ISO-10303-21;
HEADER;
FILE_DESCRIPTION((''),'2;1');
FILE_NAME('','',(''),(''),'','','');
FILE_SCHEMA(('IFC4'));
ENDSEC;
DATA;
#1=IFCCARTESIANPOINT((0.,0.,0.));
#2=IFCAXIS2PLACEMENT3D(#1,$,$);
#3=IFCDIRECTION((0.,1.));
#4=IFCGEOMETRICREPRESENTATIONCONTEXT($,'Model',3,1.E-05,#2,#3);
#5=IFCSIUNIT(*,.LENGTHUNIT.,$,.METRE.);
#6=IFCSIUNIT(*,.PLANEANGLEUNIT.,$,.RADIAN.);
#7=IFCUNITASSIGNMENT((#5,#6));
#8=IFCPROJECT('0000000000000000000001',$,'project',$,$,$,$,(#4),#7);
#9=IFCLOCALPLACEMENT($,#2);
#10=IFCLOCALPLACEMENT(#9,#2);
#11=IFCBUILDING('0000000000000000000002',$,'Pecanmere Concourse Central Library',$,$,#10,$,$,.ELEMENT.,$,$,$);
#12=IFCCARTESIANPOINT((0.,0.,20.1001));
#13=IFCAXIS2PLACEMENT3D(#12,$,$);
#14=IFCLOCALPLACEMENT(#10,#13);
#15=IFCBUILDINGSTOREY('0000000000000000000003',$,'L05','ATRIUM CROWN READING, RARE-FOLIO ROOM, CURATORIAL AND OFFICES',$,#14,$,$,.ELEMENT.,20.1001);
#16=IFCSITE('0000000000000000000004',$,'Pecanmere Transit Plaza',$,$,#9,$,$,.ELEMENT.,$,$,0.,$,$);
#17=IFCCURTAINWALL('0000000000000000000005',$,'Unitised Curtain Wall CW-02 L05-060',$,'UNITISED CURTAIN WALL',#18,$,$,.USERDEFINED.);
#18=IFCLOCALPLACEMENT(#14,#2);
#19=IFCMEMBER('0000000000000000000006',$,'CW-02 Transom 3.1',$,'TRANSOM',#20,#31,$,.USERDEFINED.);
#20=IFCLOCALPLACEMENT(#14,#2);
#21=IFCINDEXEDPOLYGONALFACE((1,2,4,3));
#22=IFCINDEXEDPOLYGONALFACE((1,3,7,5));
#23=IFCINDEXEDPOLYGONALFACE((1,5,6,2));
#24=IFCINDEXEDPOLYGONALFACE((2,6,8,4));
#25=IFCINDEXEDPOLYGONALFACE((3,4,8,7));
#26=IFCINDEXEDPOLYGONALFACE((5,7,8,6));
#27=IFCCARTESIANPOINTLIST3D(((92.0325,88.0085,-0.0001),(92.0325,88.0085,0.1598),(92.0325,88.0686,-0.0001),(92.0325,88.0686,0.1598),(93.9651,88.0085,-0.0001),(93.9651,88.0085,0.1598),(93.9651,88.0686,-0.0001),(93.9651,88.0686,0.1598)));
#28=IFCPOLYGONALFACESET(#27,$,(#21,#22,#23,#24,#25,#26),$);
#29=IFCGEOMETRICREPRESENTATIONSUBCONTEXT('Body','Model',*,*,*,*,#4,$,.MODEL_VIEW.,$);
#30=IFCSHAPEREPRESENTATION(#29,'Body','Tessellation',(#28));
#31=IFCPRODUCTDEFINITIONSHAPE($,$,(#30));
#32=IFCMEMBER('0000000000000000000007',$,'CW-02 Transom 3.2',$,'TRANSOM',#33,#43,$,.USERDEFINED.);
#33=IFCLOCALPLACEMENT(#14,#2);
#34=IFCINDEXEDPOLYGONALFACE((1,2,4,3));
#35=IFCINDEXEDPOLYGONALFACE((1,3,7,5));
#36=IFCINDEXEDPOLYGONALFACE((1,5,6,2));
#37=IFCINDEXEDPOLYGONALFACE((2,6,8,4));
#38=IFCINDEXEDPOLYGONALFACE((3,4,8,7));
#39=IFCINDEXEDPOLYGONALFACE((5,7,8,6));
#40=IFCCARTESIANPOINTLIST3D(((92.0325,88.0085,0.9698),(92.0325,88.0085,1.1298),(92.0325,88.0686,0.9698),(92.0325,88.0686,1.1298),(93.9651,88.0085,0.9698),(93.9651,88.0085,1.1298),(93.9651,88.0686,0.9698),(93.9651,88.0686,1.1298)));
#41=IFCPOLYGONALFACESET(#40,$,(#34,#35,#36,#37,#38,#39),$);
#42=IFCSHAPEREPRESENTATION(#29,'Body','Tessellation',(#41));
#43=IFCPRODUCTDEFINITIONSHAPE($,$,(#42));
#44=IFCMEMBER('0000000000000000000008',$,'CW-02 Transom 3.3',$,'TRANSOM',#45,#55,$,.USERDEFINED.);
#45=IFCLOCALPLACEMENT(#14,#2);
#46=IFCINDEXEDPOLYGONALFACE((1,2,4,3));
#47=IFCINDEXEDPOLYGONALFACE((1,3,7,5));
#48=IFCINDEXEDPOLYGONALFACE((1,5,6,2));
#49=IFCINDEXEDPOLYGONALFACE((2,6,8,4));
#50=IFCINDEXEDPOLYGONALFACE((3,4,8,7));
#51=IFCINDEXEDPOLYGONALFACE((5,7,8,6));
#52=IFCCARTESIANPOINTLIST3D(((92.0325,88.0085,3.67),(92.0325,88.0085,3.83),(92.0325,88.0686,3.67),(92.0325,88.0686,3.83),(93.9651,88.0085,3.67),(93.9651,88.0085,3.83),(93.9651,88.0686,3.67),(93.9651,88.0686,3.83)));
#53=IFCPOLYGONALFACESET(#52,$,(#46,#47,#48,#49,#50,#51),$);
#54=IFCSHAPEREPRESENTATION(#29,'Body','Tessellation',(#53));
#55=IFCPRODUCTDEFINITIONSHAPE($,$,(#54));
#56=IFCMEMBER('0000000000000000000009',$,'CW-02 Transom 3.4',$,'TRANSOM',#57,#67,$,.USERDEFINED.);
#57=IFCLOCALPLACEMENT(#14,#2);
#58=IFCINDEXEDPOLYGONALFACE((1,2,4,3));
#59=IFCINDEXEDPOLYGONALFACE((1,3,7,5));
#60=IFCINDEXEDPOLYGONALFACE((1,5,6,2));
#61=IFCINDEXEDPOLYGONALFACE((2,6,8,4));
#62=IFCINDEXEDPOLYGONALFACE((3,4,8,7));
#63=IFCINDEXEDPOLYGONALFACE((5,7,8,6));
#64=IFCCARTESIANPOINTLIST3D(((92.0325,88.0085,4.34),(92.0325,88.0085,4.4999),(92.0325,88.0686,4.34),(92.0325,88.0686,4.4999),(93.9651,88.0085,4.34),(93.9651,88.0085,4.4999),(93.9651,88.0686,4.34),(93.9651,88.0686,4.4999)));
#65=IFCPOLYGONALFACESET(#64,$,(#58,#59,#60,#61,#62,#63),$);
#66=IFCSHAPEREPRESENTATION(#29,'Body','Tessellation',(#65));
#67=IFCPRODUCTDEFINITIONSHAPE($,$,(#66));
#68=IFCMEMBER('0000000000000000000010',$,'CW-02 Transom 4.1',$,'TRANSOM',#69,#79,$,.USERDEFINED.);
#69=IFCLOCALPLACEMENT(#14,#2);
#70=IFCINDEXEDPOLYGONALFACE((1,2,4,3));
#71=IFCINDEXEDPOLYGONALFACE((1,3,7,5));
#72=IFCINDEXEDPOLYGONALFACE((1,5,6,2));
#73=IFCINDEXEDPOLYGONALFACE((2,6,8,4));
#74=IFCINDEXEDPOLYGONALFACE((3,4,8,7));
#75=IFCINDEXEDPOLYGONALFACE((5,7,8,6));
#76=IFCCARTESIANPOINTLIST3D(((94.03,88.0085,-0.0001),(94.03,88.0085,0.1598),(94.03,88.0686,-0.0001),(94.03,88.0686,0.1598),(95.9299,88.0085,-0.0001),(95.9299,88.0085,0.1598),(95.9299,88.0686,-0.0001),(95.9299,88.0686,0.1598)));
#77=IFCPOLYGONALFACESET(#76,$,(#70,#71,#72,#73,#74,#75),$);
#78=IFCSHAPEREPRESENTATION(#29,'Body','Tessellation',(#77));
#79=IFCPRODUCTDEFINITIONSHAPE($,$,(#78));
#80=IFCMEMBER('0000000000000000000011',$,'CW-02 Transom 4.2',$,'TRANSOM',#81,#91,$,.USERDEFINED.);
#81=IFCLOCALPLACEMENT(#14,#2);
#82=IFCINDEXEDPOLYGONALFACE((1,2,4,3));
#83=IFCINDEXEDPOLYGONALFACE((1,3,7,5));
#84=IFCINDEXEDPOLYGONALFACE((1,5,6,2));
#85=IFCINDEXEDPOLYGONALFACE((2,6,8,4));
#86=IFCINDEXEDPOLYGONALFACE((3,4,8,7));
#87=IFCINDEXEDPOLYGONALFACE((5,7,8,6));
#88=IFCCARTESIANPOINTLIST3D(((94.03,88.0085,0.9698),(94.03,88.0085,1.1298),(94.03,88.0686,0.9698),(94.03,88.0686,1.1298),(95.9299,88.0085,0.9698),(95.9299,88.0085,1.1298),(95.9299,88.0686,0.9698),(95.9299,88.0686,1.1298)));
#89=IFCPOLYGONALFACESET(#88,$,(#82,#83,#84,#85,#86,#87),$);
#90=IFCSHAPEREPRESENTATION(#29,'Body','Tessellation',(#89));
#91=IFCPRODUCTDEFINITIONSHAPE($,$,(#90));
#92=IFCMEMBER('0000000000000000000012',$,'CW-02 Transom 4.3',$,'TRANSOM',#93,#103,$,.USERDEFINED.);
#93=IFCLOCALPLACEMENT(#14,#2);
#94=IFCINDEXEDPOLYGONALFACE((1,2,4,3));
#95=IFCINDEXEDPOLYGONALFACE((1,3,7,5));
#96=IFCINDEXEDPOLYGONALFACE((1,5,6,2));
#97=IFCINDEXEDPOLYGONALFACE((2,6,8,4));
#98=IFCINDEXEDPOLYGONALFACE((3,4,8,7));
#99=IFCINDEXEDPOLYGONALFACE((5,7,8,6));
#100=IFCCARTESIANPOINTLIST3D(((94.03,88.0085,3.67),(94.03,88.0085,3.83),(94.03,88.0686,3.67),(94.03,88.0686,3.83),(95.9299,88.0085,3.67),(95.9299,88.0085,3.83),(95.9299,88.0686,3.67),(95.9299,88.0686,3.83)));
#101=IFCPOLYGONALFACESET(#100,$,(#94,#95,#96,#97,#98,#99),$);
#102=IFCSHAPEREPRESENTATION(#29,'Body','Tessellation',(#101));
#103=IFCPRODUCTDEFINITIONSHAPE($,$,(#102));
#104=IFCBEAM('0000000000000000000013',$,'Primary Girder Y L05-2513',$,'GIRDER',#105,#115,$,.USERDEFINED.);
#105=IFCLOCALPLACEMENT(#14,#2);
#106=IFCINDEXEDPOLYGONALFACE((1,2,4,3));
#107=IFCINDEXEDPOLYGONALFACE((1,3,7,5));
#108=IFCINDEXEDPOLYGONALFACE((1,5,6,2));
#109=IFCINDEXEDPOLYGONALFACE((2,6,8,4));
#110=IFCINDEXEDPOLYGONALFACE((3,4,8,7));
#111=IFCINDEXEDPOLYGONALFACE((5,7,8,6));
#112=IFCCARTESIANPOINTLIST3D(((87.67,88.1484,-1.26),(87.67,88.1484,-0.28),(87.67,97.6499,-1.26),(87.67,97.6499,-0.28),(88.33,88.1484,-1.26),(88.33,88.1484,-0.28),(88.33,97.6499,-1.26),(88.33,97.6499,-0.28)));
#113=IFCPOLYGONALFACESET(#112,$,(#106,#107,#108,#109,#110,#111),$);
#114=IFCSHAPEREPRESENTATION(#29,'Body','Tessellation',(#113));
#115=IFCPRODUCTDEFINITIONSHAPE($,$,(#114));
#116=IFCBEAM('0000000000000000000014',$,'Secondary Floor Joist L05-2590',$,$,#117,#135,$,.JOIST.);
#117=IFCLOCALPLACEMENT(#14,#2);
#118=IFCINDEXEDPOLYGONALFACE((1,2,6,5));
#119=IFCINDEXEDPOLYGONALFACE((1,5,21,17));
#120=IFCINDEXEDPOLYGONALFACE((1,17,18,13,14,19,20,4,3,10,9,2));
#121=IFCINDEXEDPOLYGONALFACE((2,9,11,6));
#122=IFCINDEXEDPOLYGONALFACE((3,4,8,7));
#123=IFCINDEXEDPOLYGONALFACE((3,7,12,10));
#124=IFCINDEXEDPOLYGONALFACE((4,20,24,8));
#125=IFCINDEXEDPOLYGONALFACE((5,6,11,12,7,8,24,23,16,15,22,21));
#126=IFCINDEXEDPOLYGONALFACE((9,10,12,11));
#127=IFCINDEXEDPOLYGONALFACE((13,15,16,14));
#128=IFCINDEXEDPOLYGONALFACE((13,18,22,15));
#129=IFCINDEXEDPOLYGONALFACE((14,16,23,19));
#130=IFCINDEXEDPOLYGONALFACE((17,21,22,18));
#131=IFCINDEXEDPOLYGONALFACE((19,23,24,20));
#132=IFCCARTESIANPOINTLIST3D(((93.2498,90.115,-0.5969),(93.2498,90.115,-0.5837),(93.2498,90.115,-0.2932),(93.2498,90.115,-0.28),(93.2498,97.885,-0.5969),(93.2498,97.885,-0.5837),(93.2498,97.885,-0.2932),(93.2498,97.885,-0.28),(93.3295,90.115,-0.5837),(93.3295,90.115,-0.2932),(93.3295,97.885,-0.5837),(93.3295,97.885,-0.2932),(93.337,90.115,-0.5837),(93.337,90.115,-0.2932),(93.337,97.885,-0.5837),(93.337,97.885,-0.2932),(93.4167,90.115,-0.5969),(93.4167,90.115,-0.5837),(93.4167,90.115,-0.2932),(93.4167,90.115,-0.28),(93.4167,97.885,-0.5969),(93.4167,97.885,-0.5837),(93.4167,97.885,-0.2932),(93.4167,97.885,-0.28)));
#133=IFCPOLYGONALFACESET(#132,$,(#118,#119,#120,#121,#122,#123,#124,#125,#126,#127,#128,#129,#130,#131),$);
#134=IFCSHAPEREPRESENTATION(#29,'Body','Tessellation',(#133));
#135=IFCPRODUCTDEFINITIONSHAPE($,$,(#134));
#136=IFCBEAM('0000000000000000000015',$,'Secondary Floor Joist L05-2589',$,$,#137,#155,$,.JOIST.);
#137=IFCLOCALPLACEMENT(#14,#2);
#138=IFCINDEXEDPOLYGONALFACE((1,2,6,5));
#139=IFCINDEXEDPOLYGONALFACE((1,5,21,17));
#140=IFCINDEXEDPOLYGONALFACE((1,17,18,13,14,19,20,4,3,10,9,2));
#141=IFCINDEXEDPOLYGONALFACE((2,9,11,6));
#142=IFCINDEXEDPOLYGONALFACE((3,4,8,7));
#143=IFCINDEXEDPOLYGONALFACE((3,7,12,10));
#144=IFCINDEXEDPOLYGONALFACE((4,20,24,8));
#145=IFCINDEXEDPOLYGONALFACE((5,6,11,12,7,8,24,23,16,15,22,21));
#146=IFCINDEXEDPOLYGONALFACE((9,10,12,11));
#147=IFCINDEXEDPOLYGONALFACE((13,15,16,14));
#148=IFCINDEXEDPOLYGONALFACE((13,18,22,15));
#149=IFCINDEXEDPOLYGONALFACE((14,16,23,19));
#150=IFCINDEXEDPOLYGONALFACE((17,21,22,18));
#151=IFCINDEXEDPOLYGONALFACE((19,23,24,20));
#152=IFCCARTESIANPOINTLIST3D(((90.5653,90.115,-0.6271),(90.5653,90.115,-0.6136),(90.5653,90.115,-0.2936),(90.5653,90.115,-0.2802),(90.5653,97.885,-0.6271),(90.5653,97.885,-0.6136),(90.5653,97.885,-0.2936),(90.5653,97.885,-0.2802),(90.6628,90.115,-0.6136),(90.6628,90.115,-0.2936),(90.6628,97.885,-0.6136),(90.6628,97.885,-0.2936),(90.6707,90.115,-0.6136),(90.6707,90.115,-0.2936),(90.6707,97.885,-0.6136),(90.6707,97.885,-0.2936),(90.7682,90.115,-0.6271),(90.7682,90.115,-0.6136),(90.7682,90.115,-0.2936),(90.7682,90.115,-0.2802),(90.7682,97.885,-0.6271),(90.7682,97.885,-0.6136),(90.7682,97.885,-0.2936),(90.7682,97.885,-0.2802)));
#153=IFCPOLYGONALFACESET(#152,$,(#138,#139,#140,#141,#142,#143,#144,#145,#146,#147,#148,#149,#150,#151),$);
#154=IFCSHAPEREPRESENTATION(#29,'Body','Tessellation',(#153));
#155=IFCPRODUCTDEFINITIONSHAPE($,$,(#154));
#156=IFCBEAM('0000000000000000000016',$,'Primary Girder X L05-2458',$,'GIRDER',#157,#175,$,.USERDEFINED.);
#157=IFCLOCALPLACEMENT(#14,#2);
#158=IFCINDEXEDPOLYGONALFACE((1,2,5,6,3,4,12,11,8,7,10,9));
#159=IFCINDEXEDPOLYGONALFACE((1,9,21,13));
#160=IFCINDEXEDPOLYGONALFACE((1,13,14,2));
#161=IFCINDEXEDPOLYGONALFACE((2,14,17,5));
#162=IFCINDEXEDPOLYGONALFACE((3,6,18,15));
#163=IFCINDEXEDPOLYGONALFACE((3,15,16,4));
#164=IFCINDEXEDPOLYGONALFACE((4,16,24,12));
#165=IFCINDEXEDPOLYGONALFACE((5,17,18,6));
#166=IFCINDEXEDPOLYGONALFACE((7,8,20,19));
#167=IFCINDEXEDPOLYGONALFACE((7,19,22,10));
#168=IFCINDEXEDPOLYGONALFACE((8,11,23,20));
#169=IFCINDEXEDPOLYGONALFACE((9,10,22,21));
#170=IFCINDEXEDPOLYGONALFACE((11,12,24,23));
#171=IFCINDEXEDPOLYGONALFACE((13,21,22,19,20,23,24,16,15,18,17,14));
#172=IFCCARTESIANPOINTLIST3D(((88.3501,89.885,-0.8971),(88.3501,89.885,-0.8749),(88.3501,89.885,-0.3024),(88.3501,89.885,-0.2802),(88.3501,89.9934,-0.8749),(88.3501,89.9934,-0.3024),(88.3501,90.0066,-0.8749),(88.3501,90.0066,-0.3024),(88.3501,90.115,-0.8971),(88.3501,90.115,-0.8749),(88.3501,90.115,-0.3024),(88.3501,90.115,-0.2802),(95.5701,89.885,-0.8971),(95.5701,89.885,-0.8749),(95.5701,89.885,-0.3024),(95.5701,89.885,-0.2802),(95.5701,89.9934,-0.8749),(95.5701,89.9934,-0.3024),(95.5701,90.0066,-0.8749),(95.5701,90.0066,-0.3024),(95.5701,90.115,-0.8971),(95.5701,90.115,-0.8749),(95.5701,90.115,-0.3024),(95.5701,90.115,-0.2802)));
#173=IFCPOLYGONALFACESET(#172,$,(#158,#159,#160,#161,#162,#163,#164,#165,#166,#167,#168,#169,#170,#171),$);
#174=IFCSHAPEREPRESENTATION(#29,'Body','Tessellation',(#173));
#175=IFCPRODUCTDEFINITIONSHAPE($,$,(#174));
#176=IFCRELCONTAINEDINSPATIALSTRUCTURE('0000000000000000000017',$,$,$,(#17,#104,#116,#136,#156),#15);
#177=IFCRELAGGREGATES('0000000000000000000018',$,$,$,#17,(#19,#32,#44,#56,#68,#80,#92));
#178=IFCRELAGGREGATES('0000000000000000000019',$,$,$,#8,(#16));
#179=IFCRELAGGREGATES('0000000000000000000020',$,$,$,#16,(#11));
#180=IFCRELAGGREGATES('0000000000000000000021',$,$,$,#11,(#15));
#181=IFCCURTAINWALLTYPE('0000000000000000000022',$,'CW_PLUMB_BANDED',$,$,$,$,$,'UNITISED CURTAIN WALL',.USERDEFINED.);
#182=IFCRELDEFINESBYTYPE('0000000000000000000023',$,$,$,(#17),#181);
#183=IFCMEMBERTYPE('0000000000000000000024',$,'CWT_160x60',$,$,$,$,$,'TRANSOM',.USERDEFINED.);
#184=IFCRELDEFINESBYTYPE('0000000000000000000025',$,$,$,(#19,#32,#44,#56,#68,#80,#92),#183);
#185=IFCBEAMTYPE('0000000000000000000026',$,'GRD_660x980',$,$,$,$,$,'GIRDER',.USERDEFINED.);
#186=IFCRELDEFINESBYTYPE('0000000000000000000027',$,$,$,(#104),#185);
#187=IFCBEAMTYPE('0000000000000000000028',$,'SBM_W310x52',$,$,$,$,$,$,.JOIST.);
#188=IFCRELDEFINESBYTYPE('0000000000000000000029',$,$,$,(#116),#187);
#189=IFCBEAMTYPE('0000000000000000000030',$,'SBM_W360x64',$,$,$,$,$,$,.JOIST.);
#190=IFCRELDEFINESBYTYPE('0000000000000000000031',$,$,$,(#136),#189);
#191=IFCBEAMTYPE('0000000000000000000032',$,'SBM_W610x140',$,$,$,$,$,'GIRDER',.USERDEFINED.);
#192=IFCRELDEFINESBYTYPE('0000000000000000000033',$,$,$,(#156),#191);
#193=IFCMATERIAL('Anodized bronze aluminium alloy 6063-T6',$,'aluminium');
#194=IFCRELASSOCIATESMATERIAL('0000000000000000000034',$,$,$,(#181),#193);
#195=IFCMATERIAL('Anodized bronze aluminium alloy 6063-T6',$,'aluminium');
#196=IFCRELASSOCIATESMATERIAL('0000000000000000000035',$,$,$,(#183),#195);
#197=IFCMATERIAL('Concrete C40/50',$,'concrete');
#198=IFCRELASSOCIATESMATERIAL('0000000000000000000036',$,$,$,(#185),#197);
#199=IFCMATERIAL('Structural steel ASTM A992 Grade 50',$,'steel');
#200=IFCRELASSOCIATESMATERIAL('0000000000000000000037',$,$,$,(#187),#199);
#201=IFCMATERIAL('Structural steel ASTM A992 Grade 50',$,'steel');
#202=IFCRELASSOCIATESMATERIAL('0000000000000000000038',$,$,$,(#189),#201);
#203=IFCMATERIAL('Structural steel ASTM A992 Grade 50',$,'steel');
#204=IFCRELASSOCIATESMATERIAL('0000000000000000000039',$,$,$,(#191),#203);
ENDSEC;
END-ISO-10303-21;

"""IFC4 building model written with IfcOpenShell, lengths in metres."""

from ifc_helpers import new_model, si_unit, direction, frame, origin, origin_2d, place, context, subcontext, project, spatial, rectangle, i_section, extrude, material, material_profile, profile_set, type_object, element, aggregate, save


model = new_model("IFC4")

# Units and contexts
model_context = context("Model", 3, precision=1e-05, world=origin(), true_north=direction((0.0, 1.0)))
body_context = subcontext(model_context, "Body", "Model", "MODEL_VIEW")
ifc_project = project(units=[si_unit("LENGTHUNIT", "METRE"), si_unit("PLANEANGLEUNIT", "RADIAN")], contexts=[model_context])

# Site, building, storey
site_placement = place(None, origin())
site = spatial("IfcSite", under=ifc_project, at=site_placement, Name="Pecanmere Transit Plaza", CompositionType="ELEMENT", RefElevation=0.0)
building_placement = place(site_placement, origin())
building = spatial("IfcBuilding", under=site, at=building_placement, Name="Pecanmere Concourse Central Library", CompositionType="ELEMENT")
storey_placement = place(building_placement, frame((0.0, 0.0, 20.1001)))
storey = spatial("IfcBuildingStorey", under=building, at=storey_placement, Name="L05", Description="ATRIUM CROWN READING, RARE-FOLIO ROOM, CURATORIAL AND OFFICES", CompositionType="ELEMENT", Elevation=20.1001)

# Shared definitions
ifc_material_1 = material(Name="Anodized bronze aluminium alloy 6063-T6", Category="aluminium")
curtain_wall_type = type_object("IfcCurtainWallType", Name="CW_PLUMB_BANDED", ElementType="UNITISED CURTAIN WALL", PredefinedType="USERDEFINED", material=ifc_material_1)

# Curtain wall, members
curtain_wall_1_placement = place(storey_placement, origin())
curtain_wall_1 = element("IfcCurtainWall", 1, at=curtain_wall_1_placement, inside=storey, type_object=curtain_wall_type, Name="Unitised Curtain Wall CW-02 L05-060", ObjectType="UNITISED CURTAIN WALL", PredefinedType="USERDEFINED")
ifc_material_2 = material(Name="Anodized bronze aluminium alloy 6063-T6", Category="aluminium")
ifc_material_profile_1 = material_profile(ifc_material_2, rectangle(XDim=0.0601, YDim=0.1599, at=origin_2d()), Name="AL 60x160")
ifc_profile_set_1 = profile_set([ifc_material_profile_1], Name="Anodized bronze aluminium alloy 6063-T6")
member_type_1 = type_object("IfcMemberType", Name="CWT_160x60", ElementType="TRANSOM", PredefinedType="USERDEFINED", material=ifc_profile_set_1)
member_1_placement = place(storey_placement, frame((92.0325, 88.0386, 0.0798), z_axis=(1.0, 0.0, 0.0), x_axis=(0.0, 1.0, 0.0)))
member_1 = element("IfcMember", 2, at=member_1_placement, type_object=member_type_1, Name="CW-02 Transom 3.1", ObjectType="TRANSOM", PredefinedType="USERDEFINED", context=body_context, shape_type="SweptSolid", body=[
    extrude(rectangle(XDim=0.0601, YDim=0.1599, at=origin_2d()), origin(), (0.0, 0.0, 1.0), 1.9326),
])
member_2_placement = place(storey_placement, frame((92.0325, 88.0386, 1.0498), z_axis=(1.0, 0.0, 0.0), x_axis=(0.0, 1.0, 0.0)))
member_2 = element("IfcMember", 3, at=member_2_placement, type_object=member_type_1, Name="CW-02 Transom 3.2", ObjectType="TRANSOM", PredefinedType="USERDEFINED", context=body_context, shape_type="SweptSolid", body=[
    extrude(rectangle(XDim=0.0601, YDim=0.1599, at=origin_2d()), origin(), (0.0, 0.0, 1.0), 1.9326),
])
member_3_placement = place(storey_placement, frame((92.0325, 88.0386, 3.75), z_axis=(1.0, 0.0, 0.0), x_axis=(0.0, 1.0, 0.0)))
member_3 = element("IfcMember", 4, at=member_3_placement, type_object=member_type_1, Name="CW-02 Transom 3.3", ObjectType="TRANSOM", PredefinedType="USERDEFINED", context=body_context, shape_type="SweptSolid", body=[
    extrude(rectangle(XDim=0.0601, YDim=0.1599, at=origin_2d()), origin(), (0.0, 0.0, 1.0), 1.9326),
])
member_4_placement = place(storey_placement, frame((92.0325, 88.0386, 4.4199), z_axis=(1.0, 0.0, 0.0), x_axis=(0.0, 1.0, 0.0)))
member_4 = element("IfcMember", 5, at=member_4_placement, type_object=member_type_1, Name="CW-02 Transom 3.4", ObjectType="TRANSOM", PredefinedType="USERDEFINED", context=body_context, shape_type="SweptSolid", body=[
    extrude(rectangle(XDim=0.0601, YDim=0.1599, at=origin_2d()), origin(), (0.0, 0.0, 1.0), 1.9326),
])
member_5_placement = place(storey_placement, frame((94.03, 88.0386, 0.0798), z_axis=(1.0, 0.0, 0.0), x_axis=(0.0, 1.0, 0.0)))
member_5 = element("IfcMember", 6, at=member_5_placement, type_object=member_type_1, Name="CW-02 Transom 4.1", ObjectType="TRANSOM", PredefinedType="USERDEFINED", context=body_context, shape_type="SweptSolid", body=[
    extrude(rectangle(XDim=0.0601, YDim=0.1599, at=origin_2d()), origin(), (0.0, 0.0, 1.0), 1.8999),
])
member_6_placement = place(storey_placement, frame((94.03, 88.0386, 1.0498), z_axis=(1.0, 0.0, 0.0), x_axis=(0.0, 1.0, 0.0)))
member_6 = element("IfcMember", 7, at=member_6_placement, type_object=member_type_1, Name="CW-02 Transom 4.2", ObjectType="TRANSOM", PredefinedType="USERDEFINED", context=body_context, shape_type="SweptSolid", body=[
    extrude(rectangle(XDim=0.0601, YDim=0.1599, at=origin_2d()), origin(), (0.0, 0.0, 1.0), 1.8999),
])
member_7_placement = place(storey_placement, frame((94.03, 88.0386, 3.75), z_axis=(1.0, 0.0, 0.0), x_axis=(0.0, 1.0, 0.0)))
member_7 = element("IfcMember", 8, at=member_7_placement, type_object=member_type_1, Name="CW-02 Transom 4.3", ObjectType="TRANSOM", PredefinedType="USERDEFINED", context=body_context, shape_type="SweptSolid", body=[
    extrude(rectangle(XDim=0.0601, YDim=0.1599, at=origin_2d()), origin(), (0.0, 0.0, 1.0), 1.8999),
])

# Beams
ifc_material_3 = material(Name="Concrete C40/50", Category="concrete")
ifc_material_profile_2 = material_profile(ifc_material_3, rectangle(XDim=0.6599, YDim=0.98, at=origin_2d()), Name="RC 660x980")
ifc_profile_set_2 = profile_set([ifc_material_profile_2], Name="Concrete C40/50")
beam_type_1 = type_object("IfcBeamType", Name="GRD_660x980", ElementType="GIRDER", PredefinedType="USERDEFINED", material=ifc_profile_set_2)
beam_1_placement = place(storey_placement, frame((88.0, 88.1484, -0.77), z_axis=(0.0, 1.0, 0.0), x_axis=(-1.0, 0.0, 0.0)))
element("IfcBeam", 9, at=beam_1_placement, inside=storey, type_object=beam_type_1, Name="Primary Girder Y L05-2513", ObjectType="GIRDER", PredefinedType="USERDEFINED", context=body_context, shape_type="SweptSolid", body=[
    extrude(rectangle(XDim=0.6599, YDim=0.98, at=origin_2d()), origin(), (0.0, 0.0, 1.0), 9.5015),
])
ifc_material_4 = material(Name="Structural steel ASTM A992 Grade 50", Category="steel")
ifc_material_profile_3 = material_profile(ifc_material_4, i_section(OverallWidth=0.167, OverallDepth=0.3169, WebThickness=0.0076, FlangeThickness=0.0132, at=origin_2d()), Name="W310x52")
ifc_profile_set_3 = profile_set([ifc_material_profile_3], Name="Structural steel ASTM A992 Grade 50")
beam_type_2 = type_object("IfcBeamType", Name="SBM_W310x52", PredefinedType="JOIST", material=ifc_profile_set_3)
beam_2_placement = place(storey_placement, frame((93.3333, 90.115, -0.4385), z_axis=(0.0, 1.0, 0.0), x_axis=(-1.0, 0.0, 0.0)))
element("IfcBeam", 10, at=beam_2_placement, inside=storey, type_object=beam_type_2, Name="Secondary Floor Joist L05-2590", PredefinedType="JOIST", context=body_context, shape_type="SweptSolid", body=[
    extrude(i_section(OverallWidth=0.167, OverallDepth=0.3169, WebThickness=0.0076, FlangeThickness=0.0132, at=origin_2d()), origin(), (0.0, 0.0, 1.0), 7.77),
])
ifc_material_5 = material(Name="Structural steel ASTM A992 Grade 50", Category="steel")
ifc_material_profile_4 = material_profile(ifc_material_5, i_section(OverallWidth=0.2029, OverallDepth=0.3469, WebThickness=0.0078, FlangeThickness=0.0134, at=origin_2d()), Name="W360x64")
ifc_profile_set_4 = profile_set([ifc_material_profile_4], Name="Structural steel ASTM A992 Grade 50")
beam_type_3 = type_object("IfcBeamType", Name="SBM_W360x64", PredefinedType="JOIST", material=ifc_profile_set_4)
beam_3_placement = place(storey_placement, frame((90.6667, 90.115, -0.4536), z_axis=(0.0, 1.0, 0.0), x_axis=(-1.0, 0.0, 0.0)))
element("IfcBeam", 11, at=beam_3_placement, inside=storey, type_object=beam_type_3, Name="Secondary Floor Joist L05-2589", PredefinedType="JOIST", context=body_context, shape_type="SweptSolid", body=[
    extrude(i_section(OverallWidth=0.2029, OverallDepth=0.3469, WebThickness=0.0078, FlangeThickness=0.0134, at=origin_2d()), origin(), (0.0, 0.0, 1.0), 7.77),
])
ifc_material_6 = material(Name="Structural steel ASTM A992 Grade 50", Category="steel")
ifc_material_profile_5 = material_profile(ifc_material_6, i_section(OverallWidth=0.23, OverallDepth=0.6169, WebThickness=0.0132, FlangeThickness=0.0222, at=origin_2d()), Name="W610x140")
ifc_profile_set_5 = profile_set([ifc_material_profile_5], Name="Structural steel ASTM A992 Grade 50")
beam_type_4 = type_object("IfcBeamType", Name="SBM_W610x140", ElementType="GIRDER", PredefinedType="USERDEFINED", material=ifc_profile_set_5)
beam_4_placement = place(storey_placement, frame((88.3501, 90.0, -0.5886), z_axis=(1.0, 0.0, 0.0), x_axis=(0.0, 1.0, 0.0)))
element("IfcBeam", 12, at=beam_4_placement, inside=storey, type_object=beam_type_4, Name="Primary Girder X L05-2458", ObjectType="GIRDER", PredefinedType="USERDEFINED", context=body_context, shape_type="SweptSolid", body=[
    extrude(i_section(OverallWidth=0.23, OverallDepth=0.6169, WebThickness=0.0132, FlangeThickness=0.0222, at=origin_2d()), origin(), (0.0, 0.0, 1.0), 7.22),
])

aggregate(curtain_wall_1, [member_1, member_2, member_3, member_4, member_5, member_6, member_7])

save(model, "model.ifc")
